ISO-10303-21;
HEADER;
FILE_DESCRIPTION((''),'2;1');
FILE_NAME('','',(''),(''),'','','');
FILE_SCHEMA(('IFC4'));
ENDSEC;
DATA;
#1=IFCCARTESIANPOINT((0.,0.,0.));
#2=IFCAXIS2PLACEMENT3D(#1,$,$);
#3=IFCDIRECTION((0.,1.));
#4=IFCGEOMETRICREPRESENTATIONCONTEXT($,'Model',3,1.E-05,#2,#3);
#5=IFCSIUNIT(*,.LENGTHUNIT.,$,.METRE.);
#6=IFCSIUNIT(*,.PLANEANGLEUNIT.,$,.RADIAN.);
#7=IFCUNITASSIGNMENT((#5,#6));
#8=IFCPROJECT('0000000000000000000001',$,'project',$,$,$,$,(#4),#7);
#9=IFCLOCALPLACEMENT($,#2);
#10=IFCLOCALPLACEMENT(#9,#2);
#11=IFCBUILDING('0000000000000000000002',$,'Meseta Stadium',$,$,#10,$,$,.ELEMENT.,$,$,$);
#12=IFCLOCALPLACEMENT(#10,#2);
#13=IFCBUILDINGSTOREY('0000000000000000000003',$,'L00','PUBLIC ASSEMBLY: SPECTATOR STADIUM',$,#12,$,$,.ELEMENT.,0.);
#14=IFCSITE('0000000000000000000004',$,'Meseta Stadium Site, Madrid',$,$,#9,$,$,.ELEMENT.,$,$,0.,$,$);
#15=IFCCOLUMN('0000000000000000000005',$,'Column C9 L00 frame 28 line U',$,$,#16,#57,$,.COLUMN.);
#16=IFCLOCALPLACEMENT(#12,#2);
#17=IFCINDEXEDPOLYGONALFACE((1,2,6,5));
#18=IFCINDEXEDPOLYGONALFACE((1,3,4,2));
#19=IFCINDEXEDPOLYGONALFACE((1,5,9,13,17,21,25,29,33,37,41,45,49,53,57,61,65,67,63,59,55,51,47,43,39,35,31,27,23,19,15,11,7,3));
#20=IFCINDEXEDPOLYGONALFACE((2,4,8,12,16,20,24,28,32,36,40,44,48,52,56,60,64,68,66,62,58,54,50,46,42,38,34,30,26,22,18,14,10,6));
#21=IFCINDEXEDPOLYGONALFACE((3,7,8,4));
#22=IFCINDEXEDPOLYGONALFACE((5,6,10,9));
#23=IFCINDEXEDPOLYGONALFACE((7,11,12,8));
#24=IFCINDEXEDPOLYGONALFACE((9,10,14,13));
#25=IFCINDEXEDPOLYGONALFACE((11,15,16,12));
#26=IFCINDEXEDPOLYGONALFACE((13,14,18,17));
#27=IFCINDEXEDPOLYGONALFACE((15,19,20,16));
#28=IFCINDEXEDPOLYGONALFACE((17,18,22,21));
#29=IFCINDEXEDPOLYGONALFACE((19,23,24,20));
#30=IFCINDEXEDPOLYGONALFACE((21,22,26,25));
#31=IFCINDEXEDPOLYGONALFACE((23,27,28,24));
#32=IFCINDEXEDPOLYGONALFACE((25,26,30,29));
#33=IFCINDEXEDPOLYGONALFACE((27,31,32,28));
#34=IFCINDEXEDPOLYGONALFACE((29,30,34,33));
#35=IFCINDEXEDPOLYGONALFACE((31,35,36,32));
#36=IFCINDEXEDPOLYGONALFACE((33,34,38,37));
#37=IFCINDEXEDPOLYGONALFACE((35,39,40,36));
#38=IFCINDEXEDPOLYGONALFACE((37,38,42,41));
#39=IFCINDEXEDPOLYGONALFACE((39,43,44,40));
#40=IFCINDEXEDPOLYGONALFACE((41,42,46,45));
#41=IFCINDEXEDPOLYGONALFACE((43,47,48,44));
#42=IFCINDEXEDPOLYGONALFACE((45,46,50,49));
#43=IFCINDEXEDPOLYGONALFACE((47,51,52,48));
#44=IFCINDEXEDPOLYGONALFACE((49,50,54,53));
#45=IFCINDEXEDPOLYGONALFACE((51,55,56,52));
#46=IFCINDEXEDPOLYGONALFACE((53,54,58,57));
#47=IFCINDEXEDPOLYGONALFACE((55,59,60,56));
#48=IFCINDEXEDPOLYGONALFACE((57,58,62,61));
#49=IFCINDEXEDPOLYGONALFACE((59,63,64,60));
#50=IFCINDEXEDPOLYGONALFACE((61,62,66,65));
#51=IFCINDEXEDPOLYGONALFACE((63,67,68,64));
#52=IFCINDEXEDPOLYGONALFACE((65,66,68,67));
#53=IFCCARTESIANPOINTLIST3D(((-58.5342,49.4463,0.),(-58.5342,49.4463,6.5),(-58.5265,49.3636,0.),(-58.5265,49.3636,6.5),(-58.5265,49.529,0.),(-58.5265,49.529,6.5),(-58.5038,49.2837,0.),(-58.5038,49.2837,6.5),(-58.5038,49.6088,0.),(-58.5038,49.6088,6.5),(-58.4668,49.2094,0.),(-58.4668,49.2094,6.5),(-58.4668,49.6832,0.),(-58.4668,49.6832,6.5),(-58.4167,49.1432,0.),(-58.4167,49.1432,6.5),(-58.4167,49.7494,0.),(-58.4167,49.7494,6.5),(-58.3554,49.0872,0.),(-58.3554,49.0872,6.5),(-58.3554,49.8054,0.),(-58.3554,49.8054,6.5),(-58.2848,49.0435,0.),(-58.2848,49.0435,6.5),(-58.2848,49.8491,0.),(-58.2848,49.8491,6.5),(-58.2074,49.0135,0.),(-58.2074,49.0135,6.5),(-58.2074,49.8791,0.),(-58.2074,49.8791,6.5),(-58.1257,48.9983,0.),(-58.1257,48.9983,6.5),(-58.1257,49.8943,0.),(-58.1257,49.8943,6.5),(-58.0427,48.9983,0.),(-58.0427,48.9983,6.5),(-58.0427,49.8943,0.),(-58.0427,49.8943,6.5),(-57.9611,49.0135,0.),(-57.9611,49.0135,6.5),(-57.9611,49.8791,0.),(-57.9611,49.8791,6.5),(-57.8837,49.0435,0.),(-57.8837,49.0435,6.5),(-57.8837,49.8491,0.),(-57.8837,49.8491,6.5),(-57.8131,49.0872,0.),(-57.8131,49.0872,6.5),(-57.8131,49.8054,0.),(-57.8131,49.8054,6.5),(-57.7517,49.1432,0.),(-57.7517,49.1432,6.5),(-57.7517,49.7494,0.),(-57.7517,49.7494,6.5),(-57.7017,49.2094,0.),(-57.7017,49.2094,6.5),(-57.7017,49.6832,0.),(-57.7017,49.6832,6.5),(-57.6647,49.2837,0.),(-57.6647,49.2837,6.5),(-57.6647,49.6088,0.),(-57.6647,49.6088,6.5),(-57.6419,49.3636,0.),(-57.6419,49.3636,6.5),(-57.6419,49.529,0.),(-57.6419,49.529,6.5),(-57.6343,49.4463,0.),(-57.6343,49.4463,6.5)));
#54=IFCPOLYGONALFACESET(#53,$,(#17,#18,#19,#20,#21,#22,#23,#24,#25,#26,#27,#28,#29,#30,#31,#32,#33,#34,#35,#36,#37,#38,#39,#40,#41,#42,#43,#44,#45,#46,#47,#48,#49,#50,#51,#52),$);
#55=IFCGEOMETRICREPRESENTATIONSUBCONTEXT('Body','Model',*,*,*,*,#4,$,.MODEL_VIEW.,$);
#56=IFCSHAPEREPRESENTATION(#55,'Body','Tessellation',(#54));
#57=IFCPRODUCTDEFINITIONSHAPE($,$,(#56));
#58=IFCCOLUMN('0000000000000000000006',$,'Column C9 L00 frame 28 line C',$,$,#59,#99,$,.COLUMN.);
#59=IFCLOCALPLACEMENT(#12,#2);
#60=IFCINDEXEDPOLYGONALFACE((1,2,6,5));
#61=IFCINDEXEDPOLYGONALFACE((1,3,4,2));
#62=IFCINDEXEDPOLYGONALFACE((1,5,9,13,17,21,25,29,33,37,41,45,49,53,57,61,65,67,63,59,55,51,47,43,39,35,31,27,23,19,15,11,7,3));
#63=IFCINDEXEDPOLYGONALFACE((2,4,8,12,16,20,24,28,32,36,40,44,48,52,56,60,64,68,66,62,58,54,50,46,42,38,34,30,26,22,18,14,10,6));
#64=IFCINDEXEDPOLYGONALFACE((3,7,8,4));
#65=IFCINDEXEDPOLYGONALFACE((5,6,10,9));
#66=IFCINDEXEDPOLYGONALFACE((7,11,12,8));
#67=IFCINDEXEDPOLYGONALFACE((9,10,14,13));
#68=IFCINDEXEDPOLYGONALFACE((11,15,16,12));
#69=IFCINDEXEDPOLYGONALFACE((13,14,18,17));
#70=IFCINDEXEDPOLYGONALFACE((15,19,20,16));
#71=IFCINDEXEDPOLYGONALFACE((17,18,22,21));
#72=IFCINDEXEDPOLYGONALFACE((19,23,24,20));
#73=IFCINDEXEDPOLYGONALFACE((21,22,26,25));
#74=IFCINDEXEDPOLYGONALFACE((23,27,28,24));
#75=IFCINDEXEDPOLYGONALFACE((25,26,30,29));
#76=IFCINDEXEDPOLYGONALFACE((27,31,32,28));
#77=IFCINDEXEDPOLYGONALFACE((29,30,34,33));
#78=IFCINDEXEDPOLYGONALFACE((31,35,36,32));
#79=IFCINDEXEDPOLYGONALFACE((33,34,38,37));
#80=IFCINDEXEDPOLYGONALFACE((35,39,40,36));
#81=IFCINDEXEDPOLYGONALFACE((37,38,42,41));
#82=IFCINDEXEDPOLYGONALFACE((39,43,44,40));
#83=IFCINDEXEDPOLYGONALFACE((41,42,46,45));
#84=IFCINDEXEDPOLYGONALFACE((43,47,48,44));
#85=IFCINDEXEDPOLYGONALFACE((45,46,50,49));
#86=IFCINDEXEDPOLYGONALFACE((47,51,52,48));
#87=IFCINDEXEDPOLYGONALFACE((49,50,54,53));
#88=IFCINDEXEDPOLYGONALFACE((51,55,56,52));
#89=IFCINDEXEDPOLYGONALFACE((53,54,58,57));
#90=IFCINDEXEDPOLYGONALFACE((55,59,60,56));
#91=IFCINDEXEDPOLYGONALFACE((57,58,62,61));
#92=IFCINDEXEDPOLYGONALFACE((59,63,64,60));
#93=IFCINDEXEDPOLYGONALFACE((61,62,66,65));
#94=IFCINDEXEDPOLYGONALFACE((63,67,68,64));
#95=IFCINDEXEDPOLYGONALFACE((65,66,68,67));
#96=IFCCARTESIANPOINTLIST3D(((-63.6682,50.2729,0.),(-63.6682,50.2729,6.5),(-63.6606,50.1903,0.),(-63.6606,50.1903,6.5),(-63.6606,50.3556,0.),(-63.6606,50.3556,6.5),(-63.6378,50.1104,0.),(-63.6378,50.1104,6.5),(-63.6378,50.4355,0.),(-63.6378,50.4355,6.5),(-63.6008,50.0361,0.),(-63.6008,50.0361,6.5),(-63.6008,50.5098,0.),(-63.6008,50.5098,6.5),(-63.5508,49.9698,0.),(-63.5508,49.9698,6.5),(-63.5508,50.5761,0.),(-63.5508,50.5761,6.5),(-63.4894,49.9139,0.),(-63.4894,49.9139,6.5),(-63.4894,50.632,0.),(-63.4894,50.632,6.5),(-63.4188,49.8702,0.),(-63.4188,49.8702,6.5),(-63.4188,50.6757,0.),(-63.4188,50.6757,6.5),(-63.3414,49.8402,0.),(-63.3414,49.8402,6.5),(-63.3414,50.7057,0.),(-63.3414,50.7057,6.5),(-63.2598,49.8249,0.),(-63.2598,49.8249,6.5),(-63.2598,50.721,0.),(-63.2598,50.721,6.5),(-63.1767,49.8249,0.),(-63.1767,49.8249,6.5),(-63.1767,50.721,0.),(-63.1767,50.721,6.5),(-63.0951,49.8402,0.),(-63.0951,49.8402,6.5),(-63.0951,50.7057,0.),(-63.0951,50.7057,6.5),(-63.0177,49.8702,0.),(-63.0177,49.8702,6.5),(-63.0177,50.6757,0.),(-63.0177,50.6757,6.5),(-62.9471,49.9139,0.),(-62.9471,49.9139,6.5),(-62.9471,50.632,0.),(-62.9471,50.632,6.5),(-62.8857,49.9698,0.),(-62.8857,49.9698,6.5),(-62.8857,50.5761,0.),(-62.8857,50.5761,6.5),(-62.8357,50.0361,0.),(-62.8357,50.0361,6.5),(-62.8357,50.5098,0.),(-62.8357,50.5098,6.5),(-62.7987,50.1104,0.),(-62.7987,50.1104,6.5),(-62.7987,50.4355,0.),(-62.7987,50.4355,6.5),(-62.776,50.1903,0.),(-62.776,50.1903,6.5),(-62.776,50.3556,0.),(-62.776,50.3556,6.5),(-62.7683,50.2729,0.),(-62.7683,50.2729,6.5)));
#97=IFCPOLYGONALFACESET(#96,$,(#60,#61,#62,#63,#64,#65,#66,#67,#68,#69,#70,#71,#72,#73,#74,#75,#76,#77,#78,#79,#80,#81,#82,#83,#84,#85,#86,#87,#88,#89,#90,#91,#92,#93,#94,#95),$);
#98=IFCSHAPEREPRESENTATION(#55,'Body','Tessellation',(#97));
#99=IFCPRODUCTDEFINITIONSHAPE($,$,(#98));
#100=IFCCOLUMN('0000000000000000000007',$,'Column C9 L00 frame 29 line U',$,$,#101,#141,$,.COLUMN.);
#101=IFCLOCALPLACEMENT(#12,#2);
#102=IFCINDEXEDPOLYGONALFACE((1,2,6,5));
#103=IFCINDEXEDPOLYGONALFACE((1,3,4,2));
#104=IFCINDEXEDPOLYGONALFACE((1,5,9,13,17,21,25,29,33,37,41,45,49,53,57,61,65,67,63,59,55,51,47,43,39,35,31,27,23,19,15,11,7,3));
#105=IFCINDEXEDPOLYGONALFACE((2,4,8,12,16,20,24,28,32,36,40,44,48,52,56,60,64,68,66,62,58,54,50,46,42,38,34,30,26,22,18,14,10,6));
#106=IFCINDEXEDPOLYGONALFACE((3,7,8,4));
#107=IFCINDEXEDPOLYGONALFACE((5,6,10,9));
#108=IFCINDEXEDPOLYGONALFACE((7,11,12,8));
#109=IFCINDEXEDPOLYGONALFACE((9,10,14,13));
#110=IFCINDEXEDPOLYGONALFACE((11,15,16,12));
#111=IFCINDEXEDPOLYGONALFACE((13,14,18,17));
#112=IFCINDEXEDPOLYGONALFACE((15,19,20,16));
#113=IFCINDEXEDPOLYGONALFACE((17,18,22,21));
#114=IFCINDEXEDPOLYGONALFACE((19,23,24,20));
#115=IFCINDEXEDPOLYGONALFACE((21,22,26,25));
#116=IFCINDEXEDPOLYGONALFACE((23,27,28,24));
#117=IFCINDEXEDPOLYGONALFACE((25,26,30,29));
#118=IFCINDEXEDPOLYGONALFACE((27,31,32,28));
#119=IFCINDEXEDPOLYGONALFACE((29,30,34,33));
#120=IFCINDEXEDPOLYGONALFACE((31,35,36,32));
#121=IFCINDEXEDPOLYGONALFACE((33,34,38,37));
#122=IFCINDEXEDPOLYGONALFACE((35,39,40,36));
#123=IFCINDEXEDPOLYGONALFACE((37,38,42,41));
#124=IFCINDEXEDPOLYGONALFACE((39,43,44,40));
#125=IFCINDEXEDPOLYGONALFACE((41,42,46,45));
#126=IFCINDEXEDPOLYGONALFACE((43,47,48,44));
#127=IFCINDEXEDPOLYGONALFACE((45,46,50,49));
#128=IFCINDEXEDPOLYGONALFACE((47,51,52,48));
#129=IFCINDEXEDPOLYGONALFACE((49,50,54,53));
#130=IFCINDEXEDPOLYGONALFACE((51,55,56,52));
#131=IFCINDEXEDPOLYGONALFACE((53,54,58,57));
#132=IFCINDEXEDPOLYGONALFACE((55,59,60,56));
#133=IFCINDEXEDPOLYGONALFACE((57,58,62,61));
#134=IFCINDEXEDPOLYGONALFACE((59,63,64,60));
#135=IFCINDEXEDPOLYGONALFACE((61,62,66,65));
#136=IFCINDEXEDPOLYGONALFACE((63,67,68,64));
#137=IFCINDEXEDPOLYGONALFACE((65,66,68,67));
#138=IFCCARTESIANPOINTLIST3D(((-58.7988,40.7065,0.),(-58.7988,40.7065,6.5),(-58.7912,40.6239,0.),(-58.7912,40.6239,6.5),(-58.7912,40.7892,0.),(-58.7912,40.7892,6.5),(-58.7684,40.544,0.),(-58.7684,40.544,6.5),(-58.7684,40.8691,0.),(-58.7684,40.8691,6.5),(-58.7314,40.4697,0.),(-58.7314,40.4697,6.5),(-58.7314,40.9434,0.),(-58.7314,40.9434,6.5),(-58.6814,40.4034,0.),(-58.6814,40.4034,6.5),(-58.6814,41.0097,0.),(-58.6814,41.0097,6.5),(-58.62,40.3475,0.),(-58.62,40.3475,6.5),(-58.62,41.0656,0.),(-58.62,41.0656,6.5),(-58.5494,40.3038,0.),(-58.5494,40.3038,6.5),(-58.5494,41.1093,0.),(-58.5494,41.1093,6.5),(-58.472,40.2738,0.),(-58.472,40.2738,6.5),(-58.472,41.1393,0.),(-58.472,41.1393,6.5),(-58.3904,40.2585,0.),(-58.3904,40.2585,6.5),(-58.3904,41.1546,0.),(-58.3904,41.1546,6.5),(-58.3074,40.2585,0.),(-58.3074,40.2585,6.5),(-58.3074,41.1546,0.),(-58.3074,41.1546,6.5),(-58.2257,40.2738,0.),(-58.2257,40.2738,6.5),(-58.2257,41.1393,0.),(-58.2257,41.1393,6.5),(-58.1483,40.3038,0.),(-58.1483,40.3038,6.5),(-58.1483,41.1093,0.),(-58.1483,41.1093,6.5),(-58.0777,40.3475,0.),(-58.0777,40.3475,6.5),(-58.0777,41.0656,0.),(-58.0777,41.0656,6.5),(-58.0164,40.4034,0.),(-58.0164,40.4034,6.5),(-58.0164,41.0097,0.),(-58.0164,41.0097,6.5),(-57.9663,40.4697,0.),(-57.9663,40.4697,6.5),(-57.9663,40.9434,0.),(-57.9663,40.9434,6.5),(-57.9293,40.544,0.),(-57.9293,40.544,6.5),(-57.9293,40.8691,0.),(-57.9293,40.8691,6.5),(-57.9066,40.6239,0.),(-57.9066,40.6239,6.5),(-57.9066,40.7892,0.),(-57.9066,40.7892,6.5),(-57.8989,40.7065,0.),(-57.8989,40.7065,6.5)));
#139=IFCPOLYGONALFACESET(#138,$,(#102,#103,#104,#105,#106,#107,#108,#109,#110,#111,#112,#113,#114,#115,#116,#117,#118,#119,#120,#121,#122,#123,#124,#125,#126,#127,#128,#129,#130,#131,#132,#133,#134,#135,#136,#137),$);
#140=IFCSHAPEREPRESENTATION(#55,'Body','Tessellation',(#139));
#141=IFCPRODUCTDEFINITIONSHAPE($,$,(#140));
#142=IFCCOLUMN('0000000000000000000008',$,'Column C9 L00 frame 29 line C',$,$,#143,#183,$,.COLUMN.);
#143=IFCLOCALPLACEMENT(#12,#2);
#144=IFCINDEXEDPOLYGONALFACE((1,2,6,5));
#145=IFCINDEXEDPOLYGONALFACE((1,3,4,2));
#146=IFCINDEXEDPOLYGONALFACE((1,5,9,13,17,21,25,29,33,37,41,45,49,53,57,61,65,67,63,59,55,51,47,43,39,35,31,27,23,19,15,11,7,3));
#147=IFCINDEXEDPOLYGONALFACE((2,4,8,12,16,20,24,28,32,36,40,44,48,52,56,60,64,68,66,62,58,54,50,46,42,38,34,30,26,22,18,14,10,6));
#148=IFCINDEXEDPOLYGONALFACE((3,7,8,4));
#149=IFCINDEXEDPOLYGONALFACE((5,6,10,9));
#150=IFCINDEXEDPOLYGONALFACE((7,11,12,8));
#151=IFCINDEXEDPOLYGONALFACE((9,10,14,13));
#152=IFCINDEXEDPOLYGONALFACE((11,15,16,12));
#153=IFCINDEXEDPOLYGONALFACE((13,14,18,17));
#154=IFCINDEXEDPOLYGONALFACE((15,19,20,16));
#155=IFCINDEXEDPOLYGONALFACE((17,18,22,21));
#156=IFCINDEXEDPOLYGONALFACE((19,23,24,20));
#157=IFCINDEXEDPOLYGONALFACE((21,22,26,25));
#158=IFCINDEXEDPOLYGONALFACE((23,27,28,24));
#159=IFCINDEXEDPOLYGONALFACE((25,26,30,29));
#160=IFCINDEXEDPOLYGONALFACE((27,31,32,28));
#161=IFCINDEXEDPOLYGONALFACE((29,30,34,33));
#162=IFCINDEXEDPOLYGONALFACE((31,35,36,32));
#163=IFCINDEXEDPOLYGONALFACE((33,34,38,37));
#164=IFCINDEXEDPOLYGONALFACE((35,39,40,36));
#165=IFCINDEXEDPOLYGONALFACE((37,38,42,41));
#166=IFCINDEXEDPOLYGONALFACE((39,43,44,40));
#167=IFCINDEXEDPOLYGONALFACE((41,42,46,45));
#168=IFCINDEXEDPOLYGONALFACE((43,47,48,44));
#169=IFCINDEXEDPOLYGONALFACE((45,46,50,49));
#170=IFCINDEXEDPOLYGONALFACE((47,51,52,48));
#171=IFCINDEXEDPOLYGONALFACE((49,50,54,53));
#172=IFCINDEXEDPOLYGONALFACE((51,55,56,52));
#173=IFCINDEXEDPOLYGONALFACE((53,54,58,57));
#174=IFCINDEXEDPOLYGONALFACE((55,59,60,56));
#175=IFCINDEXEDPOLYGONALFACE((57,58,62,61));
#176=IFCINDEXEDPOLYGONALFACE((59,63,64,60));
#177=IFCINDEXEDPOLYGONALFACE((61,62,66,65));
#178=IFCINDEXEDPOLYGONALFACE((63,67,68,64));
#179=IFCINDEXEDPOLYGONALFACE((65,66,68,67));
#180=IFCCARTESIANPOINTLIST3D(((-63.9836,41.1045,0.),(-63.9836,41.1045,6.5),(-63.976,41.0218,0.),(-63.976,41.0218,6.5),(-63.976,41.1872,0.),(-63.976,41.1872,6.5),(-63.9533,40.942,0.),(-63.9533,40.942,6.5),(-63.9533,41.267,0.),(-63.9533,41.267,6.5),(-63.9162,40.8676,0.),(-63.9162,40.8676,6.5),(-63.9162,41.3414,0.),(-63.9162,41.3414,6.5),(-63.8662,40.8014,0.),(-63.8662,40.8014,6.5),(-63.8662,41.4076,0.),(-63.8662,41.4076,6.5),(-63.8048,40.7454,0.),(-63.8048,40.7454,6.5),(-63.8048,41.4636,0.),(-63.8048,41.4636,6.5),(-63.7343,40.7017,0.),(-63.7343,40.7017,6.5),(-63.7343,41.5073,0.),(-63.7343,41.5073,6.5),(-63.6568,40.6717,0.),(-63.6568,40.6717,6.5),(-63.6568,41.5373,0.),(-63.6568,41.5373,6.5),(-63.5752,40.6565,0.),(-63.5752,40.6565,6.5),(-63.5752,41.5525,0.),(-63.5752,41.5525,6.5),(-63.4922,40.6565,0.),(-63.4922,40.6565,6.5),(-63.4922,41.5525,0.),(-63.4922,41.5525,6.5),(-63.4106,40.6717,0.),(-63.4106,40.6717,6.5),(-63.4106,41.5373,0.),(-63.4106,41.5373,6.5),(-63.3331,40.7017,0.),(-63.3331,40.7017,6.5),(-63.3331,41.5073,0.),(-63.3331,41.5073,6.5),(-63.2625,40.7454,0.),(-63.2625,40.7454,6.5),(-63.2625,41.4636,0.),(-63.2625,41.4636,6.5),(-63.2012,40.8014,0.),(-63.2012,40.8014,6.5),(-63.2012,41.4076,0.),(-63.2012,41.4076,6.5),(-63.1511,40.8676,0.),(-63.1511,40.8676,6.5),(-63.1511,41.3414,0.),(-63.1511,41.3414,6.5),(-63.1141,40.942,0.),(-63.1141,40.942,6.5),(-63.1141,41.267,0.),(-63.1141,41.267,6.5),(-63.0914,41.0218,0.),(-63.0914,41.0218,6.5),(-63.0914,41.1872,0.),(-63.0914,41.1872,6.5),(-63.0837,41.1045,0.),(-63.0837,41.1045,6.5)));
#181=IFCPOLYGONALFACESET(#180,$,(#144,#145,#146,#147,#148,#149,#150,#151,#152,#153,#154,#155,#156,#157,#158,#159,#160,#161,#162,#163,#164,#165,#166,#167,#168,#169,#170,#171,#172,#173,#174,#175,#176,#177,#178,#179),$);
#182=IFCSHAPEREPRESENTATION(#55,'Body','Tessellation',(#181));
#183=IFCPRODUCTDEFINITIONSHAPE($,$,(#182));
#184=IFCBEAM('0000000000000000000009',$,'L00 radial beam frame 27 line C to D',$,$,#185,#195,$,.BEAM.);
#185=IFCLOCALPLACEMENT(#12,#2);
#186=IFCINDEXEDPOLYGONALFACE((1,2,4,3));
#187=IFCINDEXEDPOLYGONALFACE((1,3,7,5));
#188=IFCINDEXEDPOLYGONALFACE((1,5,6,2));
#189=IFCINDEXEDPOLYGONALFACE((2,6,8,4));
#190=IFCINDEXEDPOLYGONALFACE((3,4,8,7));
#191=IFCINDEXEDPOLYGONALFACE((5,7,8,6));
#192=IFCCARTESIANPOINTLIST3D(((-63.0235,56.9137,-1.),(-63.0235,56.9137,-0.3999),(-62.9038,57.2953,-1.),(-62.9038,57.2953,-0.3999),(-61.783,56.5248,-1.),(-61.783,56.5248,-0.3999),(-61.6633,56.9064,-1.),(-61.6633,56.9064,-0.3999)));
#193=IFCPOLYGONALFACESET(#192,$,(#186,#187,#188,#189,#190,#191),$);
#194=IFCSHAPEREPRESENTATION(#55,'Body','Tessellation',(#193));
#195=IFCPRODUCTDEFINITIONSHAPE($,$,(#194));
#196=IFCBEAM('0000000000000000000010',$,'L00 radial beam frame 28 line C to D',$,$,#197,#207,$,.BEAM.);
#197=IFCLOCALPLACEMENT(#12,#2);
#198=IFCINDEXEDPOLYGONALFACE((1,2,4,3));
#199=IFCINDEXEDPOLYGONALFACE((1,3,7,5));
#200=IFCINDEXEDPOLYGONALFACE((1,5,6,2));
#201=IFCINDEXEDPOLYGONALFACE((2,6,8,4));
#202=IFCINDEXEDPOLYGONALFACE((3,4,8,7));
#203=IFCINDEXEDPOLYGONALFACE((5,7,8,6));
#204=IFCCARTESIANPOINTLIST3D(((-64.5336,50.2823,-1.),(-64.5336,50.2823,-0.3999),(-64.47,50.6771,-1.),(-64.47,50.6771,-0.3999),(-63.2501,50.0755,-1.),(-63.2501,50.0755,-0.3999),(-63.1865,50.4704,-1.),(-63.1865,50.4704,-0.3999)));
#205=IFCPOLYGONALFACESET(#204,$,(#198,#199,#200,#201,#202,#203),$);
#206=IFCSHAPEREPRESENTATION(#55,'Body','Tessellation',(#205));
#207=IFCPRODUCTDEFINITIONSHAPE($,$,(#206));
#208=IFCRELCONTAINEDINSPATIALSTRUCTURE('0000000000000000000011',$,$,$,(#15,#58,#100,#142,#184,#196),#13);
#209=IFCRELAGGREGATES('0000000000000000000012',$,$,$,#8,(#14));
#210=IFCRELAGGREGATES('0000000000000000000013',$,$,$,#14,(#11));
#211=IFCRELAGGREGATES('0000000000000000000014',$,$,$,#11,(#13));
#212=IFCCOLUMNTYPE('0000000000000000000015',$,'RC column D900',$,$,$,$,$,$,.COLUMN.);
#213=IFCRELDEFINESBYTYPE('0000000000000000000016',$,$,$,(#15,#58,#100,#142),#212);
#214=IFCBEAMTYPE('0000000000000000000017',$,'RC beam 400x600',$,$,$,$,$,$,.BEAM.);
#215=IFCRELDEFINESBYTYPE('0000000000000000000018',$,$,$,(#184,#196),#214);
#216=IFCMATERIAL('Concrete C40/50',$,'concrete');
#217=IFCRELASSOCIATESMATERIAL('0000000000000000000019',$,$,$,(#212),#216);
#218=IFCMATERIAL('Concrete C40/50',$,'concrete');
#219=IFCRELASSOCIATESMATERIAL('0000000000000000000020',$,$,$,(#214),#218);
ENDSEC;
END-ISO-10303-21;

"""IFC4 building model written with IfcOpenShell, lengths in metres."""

from ifc_helpers import new_model, si_unit, direction, frame, origin, origin_2d, place, context, subcontext, project, spatial, rectangle, circle, extrude, material, material_profile, profile_set, type_object, element, save


model = new_model("IFC4")

# Units and contexts
model_context = context("Model", 3, precision=1e-05, world=origin(), true_north=direction((0.0, 1.0)))
body_context = subcontext(model_context, "Body", "Model", "MODEL_VIEW")
ifc_project = project(units=[si_unit("LENGTHUNIT", "METRE"), si_unit("PLANEANGLEUNIT", "RADIAN")], contexts=[model_context])

# Site, building, storey
site_placement = place(None, origin())
site = spatial("IfcSite", under=ifc_project, at=site_placement, Name="Meseta Stadium Site, Madrid", CompositionType="ELEMENT", RefElevation=0.0)
building_placement = place(site_placement, origin())
building = spatial("IfcBuilding", under=site, at=building_placement, Name="Meseta Stadium", CompositionType="ELEMENT")
storey_placement = place(building_placement, origin())
storey = spatial("IfcBuildingStorey", under=building, at=storey_placement, Name="L00", Description="PUBLIC ASSEMBLY: SPECTATOR STADIUM", CompositionType="ELEMENT", Elevation=0.0)

# Columns
ifc_material_1 = material(Name="Concrete C40/50", Category="concrete")
ifc_material_profile_1 = material_profile(ifc_material_1, circle(Radius=0.45, at=origin_2d()), Name="RC D900")
ifc_profile_set_1 = profile_set([ifc_material_profile_1], Name="Concrete C40/50")
column_type_1 = type_object("IfcColumnType", Name="RC column D900", PredefinedType="COLUMN", material=ifc_profile_set_1)
for number, where, z_axis, x_axis, name in (
    (1, (-58.0842, 49.4463, 0.0), (0.0, 0.0, 1.0), (1.0, 0.0, 0.0), "Column C9 L00 frame 28 line U"),
    (2, (-63.2183, 50.2729, 0.0), (0.0, 0.0, 1.0), (1.0, 0.0, 0.0), "Column C9 L00 frame 28 line C"),
    (3, (-58.3489, 40.7065, 0.0), (0.0, 0.0, 1.0), (1.0, 0.0, 0.0), "Column C9 L00 frame 29 line U"),
    (4, (-63.5337, 41.1045, 0.0), (0.0, 0.0, 1.0), (1.0, 0.0, 0.0), "Column C9 L00 frame 29 line C"),
):
    element("IfcColumn", number, at=place(storey_placement, frame(where, z_axis=z_axis, x_axis=x_axis)), inside=storey, type_object=column_type_1, Name=name, PredefinedType="COLUMN", context=body_context, shape_type="SweptSolid", body=[
        extrude(circle(Radius=0.45, at=origin_2d()), origin(), (0.0, 0.0, 1.0), 6.5),
    ])

# Beams
ifc_material_2 = material(Name="Concrete C40/50", Category="concrete")
ifc_material_profile_2 = material_profile(ifc_material_2, rectangle(XDim=0.3999, YDim=0.6001, at=origin_2d()), Name="RC 400x600")
ifc_profile_set_2 = profile_set([ifc_material_profile_2], Name="Concrete C40/50")
beam_type_1 = type_object("IfcBeamType", Name="RC beam 400x600", PredefinedType="BEAM", material=ifc_profile_set_2)
for number, where, z_axis, x_axis, name in (
    (5, (-61.7231, 56.7156, -0.7), (-0.954202, 0.299162, 0.0), (-0.299162, -0.954202, 0.0), "L00 radial beam frame 27 line C to D"),
    (6, (-63.2183, 50.2729, -0.7), (-0.987268, 0.159067, 0.0), (-0.159067, -0.987268, 0.0), "L00 radial beam frame 28 line C to D"),
):
    element("IfcBeam", number, at=place(storey_placement, frame(where, z_axis=z_axis, x_axis=x_axis)), inside=storey, type_object=beam_type_1, Name=name, PredefinedType="BEAM", context=body_context, shape_type="SweptSolid", body=[
        extrude(rectangle(XDim=0.3999, YDim=0.6001, at=origin_2d()), origin(), (0.0, 0.0, 1.0), 1.3),
    ])

save(model, "model.ifc")
